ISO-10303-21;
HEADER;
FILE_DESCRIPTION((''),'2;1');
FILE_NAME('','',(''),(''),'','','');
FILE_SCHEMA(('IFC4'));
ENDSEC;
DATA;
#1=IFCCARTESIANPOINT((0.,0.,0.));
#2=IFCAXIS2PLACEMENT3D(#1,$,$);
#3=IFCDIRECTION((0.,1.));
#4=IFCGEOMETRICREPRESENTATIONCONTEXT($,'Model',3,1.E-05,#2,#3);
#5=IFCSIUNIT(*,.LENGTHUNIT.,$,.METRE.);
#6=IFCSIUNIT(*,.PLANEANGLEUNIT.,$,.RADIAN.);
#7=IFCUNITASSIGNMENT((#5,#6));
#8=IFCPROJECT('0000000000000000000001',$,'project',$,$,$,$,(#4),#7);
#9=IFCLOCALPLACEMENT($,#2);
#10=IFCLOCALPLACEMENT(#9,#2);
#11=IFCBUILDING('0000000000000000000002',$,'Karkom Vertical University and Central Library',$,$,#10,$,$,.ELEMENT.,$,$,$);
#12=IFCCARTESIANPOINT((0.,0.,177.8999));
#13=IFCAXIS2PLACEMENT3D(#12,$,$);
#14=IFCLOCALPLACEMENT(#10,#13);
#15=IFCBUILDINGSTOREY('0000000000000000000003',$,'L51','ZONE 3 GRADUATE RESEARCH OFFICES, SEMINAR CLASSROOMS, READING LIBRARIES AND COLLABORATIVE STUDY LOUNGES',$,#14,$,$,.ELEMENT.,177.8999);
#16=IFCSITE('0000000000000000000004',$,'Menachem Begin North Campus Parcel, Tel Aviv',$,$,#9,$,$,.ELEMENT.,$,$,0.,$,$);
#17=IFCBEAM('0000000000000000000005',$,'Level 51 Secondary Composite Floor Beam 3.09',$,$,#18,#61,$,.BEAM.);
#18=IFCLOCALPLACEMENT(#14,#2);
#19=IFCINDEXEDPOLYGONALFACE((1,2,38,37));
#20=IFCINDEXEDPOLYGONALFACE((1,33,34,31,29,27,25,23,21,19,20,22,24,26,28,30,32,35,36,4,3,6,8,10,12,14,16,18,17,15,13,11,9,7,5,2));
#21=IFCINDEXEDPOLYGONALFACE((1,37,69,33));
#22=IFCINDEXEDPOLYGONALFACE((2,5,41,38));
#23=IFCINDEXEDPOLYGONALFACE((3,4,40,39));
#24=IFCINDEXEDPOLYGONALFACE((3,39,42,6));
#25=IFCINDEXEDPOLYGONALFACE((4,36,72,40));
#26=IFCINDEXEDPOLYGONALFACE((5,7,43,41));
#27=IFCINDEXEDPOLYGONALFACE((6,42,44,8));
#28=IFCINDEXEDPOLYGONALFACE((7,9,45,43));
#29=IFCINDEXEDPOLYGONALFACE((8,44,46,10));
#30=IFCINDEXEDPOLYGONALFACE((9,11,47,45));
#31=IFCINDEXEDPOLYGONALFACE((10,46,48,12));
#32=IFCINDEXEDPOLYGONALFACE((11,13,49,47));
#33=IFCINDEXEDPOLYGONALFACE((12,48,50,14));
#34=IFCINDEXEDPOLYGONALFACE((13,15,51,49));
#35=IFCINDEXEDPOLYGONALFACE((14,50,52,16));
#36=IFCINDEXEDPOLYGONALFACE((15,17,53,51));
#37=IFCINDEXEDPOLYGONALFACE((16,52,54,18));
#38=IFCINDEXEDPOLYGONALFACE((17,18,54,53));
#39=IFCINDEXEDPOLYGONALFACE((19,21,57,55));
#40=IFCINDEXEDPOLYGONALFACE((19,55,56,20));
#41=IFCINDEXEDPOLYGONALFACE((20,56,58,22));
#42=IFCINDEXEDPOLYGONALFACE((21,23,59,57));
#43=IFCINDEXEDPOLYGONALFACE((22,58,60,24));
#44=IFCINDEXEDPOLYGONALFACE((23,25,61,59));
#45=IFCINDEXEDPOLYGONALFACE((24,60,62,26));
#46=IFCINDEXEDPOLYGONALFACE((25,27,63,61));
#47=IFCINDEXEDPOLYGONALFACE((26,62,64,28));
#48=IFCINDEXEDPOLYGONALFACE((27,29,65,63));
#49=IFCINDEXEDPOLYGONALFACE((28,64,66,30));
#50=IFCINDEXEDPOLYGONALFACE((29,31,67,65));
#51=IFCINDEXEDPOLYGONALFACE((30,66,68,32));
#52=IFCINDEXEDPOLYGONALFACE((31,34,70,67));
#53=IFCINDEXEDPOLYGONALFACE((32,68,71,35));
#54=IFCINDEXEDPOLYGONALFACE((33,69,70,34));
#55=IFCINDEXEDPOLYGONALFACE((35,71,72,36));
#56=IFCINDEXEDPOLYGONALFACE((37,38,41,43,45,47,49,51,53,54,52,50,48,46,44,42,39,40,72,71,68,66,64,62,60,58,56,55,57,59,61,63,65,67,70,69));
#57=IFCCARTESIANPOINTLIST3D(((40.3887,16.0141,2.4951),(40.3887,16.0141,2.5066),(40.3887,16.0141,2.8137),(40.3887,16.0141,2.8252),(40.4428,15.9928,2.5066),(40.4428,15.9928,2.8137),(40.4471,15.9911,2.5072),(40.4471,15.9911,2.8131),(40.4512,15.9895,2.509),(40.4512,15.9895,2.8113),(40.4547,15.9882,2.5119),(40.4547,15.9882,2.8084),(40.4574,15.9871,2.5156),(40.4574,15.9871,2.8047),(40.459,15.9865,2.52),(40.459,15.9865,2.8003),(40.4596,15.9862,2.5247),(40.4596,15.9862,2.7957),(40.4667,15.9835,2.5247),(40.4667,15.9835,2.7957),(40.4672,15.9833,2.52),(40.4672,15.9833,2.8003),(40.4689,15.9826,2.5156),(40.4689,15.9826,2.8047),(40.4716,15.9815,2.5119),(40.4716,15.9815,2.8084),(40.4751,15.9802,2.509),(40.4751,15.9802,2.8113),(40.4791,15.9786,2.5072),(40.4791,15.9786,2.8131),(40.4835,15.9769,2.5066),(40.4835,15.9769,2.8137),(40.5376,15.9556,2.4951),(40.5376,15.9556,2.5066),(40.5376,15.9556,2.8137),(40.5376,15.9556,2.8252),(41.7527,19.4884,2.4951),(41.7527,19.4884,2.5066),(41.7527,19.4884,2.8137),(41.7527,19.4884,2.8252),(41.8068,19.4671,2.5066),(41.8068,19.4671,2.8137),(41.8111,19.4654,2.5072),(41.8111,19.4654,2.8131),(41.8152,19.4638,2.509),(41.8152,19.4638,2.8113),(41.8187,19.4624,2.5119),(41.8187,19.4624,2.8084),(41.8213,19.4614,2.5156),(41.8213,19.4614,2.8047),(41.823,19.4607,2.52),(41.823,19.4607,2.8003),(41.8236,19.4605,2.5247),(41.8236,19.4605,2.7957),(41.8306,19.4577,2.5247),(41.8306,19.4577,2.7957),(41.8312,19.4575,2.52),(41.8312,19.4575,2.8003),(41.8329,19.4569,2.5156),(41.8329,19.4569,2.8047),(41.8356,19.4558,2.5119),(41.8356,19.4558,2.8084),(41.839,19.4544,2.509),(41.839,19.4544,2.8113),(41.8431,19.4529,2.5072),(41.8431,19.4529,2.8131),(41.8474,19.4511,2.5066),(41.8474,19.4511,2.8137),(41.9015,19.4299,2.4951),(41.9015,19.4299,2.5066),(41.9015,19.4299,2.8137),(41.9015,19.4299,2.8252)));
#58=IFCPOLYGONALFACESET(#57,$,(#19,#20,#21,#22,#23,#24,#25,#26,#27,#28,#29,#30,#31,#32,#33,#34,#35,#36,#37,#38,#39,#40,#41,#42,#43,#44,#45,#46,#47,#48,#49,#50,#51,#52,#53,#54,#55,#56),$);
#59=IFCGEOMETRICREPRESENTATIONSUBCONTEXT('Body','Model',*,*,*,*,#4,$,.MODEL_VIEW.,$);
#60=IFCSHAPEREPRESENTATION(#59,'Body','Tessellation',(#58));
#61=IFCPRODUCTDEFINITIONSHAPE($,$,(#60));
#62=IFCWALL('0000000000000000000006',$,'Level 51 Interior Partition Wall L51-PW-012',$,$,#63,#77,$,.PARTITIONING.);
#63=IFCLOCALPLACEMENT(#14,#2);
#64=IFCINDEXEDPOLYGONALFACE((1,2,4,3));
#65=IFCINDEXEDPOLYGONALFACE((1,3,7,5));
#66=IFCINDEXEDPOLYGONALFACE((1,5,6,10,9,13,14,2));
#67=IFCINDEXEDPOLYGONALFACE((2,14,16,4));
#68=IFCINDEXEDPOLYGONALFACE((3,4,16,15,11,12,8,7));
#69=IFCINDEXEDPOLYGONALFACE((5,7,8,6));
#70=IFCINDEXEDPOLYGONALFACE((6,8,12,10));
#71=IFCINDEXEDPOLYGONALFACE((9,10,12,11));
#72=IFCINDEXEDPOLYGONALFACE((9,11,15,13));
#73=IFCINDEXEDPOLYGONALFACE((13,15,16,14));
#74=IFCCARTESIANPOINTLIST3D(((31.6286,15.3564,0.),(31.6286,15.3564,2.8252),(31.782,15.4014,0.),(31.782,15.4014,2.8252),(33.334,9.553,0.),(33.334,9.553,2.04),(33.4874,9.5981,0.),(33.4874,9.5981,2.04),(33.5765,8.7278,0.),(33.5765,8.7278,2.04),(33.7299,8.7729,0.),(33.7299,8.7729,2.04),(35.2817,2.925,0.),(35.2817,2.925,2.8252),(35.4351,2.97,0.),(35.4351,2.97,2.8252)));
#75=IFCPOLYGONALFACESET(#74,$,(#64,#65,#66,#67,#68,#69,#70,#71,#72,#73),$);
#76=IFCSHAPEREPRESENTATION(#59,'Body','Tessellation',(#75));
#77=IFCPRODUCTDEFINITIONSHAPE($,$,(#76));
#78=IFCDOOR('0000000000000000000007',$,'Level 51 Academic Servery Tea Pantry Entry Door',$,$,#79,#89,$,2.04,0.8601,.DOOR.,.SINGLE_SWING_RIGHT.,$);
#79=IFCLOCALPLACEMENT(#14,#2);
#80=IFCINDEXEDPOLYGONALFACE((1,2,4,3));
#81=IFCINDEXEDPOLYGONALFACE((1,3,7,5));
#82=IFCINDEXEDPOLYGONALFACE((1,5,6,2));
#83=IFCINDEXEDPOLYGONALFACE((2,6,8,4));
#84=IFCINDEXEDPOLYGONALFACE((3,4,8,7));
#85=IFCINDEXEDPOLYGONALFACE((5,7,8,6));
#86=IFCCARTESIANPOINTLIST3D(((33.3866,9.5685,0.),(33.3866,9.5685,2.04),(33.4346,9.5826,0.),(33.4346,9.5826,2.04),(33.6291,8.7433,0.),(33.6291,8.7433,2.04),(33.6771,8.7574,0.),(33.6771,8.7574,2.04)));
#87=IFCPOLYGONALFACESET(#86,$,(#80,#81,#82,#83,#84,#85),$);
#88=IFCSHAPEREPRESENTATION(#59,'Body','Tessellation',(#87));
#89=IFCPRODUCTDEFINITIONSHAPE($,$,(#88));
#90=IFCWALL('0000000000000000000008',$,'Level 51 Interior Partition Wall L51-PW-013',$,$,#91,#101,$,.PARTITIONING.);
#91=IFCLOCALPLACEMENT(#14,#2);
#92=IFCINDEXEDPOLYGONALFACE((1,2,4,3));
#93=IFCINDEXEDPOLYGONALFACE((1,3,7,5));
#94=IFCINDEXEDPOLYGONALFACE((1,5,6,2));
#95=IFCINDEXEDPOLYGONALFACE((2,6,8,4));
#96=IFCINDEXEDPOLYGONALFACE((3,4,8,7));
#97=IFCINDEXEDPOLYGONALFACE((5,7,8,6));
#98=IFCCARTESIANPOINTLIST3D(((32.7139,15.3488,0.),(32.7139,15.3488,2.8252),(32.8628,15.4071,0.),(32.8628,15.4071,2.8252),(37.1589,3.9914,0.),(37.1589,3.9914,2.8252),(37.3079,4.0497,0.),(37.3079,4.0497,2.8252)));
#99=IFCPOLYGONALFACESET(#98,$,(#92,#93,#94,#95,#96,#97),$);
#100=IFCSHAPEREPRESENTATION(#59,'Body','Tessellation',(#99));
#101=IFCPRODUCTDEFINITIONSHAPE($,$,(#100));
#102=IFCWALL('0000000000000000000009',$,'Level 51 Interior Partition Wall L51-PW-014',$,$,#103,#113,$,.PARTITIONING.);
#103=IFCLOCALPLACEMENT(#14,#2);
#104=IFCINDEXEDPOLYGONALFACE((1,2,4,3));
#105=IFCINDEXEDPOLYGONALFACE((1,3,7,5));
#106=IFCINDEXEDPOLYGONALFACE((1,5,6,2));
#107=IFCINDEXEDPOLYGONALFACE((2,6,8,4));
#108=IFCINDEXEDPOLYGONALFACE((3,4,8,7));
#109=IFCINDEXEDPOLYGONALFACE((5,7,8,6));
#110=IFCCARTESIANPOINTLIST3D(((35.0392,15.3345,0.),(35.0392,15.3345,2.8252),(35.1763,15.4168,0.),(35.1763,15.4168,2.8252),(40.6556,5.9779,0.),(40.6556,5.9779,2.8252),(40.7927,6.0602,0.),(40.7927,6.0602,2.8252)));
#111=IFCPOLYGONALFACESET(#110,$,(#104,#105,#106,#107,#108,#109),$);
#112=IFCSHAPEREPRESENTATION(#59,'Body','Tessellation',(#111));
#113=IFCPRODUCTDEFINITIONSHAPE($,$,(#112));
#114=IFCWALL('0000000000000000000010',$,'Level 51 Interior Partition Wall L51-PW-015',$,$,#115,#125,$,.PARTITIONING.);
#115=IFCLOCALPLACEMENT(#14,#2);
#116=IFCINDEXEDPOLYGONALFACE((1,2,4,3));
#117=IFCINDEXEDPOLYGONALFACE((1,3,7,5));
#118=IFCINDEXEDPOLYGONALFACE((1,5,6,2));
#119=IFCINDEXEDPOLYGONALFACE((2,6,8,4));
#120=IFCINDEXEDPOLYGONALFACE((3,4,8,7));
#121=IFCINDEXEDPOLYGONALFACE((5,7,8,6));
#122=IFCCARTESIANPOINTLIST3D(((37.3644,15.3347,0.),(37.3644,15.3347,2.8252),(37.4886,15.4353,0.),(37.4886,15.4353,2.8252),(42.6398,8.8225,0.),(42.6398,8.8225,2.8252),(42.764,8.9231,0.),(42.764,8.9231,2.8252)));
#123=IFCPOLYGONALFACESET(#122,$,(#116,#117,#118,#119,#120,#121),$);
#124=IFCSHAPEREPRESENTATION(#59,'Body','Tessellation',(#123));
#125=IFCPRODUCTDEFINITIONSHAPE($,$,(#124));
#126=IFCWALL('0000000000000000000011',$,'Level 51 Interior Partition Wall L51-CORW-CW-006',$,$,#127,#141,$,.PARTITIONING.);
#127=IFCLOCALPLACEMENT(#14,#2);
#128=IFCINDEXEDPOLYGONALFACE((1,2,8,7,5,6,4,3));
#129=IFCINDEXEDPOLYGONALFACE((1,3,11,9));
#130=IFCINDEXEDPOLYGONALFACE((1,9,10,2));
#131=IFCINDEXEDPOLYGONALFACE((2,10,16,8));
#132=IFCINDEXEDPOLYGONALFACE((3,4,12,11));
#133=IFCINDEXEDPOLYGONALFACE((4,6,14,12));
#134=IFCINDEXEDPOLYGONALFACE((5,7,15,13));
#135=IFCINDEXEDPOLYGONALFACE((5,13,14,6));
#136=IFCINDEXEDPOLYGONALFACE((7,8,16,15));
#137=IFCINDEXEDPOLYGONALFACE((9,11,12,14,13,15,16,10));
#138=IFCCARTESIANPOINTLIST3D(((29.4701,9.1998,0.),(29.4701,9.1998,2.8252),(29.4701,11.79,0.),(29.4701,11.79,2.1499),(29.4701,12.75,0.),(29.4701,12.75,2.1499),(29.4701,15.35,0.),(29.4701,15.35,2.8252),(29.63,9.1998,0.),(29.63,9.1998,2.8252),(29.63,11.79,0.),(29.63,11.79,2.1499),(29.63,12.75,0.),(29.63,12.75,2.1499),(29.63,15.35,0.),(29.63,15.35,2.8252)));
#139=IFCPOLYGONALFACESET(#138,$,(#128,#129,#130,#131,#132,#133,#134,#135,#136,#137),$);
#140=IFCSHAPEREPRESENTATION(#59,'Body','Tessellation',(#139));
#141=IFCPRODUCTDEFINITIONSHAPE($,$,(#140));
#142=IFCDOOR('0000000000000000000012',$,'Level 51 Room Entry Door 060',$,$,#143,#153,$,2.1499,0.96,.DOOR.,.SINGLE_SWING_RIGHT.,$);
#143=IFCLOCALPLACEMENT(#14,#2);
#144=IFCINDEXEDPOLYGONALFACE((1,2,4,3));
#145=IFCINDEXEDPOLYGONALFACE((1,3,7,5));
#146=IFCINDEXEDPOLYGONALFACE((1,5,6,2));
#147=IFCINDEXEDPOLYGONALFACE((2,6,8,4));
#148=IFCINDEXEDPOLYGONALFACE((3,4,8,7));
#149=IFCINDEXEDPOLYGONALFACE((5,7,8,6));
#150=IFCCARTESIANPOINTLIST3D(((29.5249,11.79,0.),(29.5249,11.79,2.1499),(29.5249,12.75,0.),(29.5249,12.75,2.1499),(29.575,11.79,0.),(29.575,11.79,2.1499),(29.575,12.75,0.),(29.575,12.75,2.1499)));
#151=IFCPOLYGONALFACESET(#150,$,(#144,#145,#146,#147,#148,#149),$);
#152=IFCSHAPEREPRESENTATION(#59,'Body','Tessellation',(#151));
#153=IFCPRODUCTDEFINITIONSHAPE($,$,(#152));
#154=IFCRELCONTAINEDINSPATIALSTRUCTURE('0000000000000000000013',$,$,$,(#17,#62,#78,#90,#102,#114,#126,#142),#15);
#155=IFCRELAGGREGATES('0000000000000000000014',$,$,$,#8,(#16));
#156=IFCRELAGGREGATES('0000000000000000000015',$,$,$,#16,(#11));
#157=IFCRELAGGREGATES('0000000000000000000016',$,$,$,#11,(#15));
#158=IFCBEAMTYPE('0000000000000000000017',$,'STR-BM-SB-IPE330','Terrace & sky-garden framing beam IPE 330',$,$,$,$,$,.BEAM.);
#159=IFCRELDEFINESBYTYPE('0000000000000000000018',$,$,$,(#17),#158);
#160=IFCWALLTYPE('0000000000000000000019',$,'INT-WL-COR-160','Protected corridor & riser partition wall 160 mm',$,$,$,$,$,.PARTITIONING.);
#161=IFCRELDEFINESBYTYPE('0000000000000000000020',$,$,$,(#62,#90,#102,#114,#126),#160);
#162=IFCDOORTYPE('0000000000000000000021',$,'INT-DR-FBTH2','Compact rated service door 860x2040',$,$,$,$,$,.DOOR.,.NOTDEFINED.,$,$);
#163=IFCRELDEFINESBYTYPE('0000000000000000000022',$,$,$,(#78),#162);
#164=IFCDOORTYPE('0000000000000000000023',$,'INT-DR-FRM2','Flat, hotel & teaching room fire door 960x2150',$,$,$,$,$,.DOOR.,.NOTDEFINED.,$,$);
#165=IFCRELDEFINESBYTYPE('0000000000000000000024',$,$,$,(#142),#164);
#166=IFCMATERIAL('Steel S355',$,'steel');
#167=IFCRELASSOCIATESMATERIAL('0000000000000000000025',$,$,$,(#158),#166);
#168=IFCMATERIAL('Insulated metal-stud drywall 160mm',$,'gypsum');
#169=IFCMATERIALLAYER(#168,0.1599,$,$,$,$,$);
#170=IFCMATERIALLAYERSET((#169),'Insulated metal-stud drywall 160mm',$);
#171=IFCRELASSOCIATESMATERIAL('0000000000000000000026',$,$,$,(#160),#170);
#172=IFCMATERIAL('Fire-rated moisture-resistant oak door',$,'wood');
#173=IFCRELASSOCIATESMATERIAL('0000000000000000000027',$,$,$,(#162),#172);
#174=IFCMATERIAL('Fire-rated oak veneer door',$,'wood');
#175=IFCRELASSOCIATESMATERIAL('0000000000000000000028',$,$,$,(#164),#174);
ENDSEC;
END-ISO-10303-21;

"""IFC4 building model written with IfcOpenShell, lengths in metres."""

from ifc_helpers import new_model, si_unit, direction, frame, frame_2d, origin, origin_with_axes, origin_2d, place, context, subcontext, project, spatial, rectangle, i_section, extrude, source, transform, mapped, material, layer, layer_set, material_profile, profile_set, type_object, element, fill, save


model = new_model("IFC4")

# Units and contexts
model_context = context("Model", 3, precision=1e-05, world=origin(), true_north=direction((0.0, 1.0)))
body_context = subcontext(model_context, "Body", "Model", "MODEL_VIEW")
ifc_project = project(units=[si_unit("LENGTHUNIT", "METRE"), si_unit("PLANEANGLEUNIT", "RADIAN")], contexts=[model_context])

# Site, building, storey
site_placement = place(None, origin())
site = spatial("IfcSite", under=ifc_project, at=site_placement, Name="Menachem Begin North Campus Parcel, Tel Aviv", CompositionType="ELEMENT", RefElevation=0.0)
building_placement = place(site_placement, origin())
building = spatial("IfcBuilding", under=site, at=building_placement, Name="Karkom Vertical University and Central Library", CompositionType="ELEMENT")
storey_placement = place(building_placement, frame((0.0, 0.0, 177.8999)))
storey = spatial("IfcBuildingStorey", under=building, at=storey_placement, Name="L51", Description="ZONE 3 GRADUATE RESEARCH OFFICES, SEMINAR CLASSROOMS, READING LIBRARIES AND COLLABORATIVE STUDY LOUNGES", CompositionType="ELEMENT", Elevation=177.8999)

# Beam
ifc_material_1 = material(Name="Steel S355", Category="steel")
ifc_material_profile_1 = material_profile(ifc_material_1, i_section(OverallWidth=0.1599, OverallDepth=0.3301, WebThickness=0.0076, FlangeThickness=0.0115, FilletRadius=0.0181, at=origin_2d()), Name="IPE 330")
ifc_profile_set_1 = profile_set([ifc_material_profile_1], Name="Steel S355")
beam_type_1 = type_object("IfcBeamType", Name="STR-BM-SB-IPE330", Description="Terrace & sky-garden framing beam IPE 330", PredefinedType="BEAM", material=ifc_profile_set_1)
shared_shape_1 = source(origin_with_axes(), body_context, "Body", "SweptSolid", [
    extrude(i_section(OverallWidth=0.1599, OverallDepth=0.3301, WebThickness=0.0076, FlangeThickness=0.0115, FilletRadius=0.0181, at=origin_2d()), origin(), (0.0, 0.0, 1.0), 3.7324),
])
beam_1_placement = place(storey_placement, frame((40.4631, 15.9849, 2.6602), z_axis=(0.36544, 0.930835, 0.0), x_axis=(-0.930835, 0.36544, 0.0)))
element("IfcBeam", 1, at=beam_1_placement, inside=storey, type_object=beam_type_1, Name="Level 51 Secondary Composite Floor Beam 3.09", PredefinedType="BEAM", context=body_context, shape_type="MappedRepresentation", body=[
    mapped(shared_shape_1, transform((0.0, 0.0, 0.0), scale=1.0)),
])

# Wall, opening, door
ifc_material_2 = material(Name="Insulated metal-stud drywall 160mm", Category="gypsum")
ifc_layer = layer(ifc_material_2, 0.1599)
ifc_layer_set = layer_set([ifc_layer], Name="Insulated metal-stud drywall 160mm")
wall_type = type_object("IfcWallType", Name="INT-WL-COR-160", Description="Protected corridor & riser partition wall 160 mm", PredefinedType="PARTITIONING", material=ifc_layer_set)
wall_1_placement = place(storey_placement, frame((31.7053, 15.3789, 0.0), z_axis=(0.0, 0.0, 1.0), x_axis=(0.281938, -0.959433, 0.0)))
wall_1 = element("IfcWall", 2, at=wall_1_placement, inside=storey, type_object=wall_type, Name="Level 51 Interior Partition Wall L51-PW-012", PredefinedType="PARTITIONING", context=body_context, shape_type="SweptSolid", body=[
    extrude(rectangle(XDim=12.957, YDim=0.1599, at=frame_2d((6.4785, 0.0))), origin(), (0.0, 0.0, 1.0), 2.8252),
])
opening_1_placement = place(wall_1_placement, frame((6.0486, 0.0, 0.0)))
opening_1 = element("IfcOpeningElement", 3, at=opening_1_placement, cuts=wall_1, PredefinedType="OPENING", context=body_context, shape_type="SweptSolid", body=[
    extrude(rectangle(XDim=0.8601, YDim=2.04, at=frame_2d((0.4302, 1.02))), frame((0.0, 0.0898, 0.0), z_axis=(0.0, -1.0, 0.0), x_axis=(1.0, 0.0, 0.0)), (0.0, 0.0, 1.0), 0.1799),
])
ifc_material_3 = material(Name="Fire-rated moisture-resistant oak door", Category="wood")
door_type_1 = type_object("IfcDoorType", Name="INT-DR-FBTH2", Description="Compact rated service door 860x2040", OperationType="NOTDEFINED", PredefinedType="DOOR", material=ifc_material_3)
shared_shape_2 = source(origin_with_axes(), body_context, "Body", "SweptSolid", [
    extrude(rectangle(XDim=0.8601, YDim=2.04, at=frame_2d((0.4302, 1.02))), frame((0.0, 0.0249, 0.0), z_axis=(0.0, -1.0, 0.0), x_axis=(1.0, 0.0, 0.0)), (0.0, 0.0, 1.0), 0.05),
])
door_1_placement = place(opening_1_placement, origin())
door_1 = element("IfcDoor", 4, at=door_1_placement, inside=storey, type_object=door_type_1, Name="Level 51 Academic Servery Tea Pantry Entry Door", OperationType="SINGLE_SWING_RIGHT", OverallHeight=2.04, OverallWidth=0.8601, PredefinedType="DOOR", context=body_context, shape_type="MappedRepresentation", body=[
    mapped(shared_shape_2, transform((0.0, 0.0, 0.0), scale=1.0)),
])
fill(opening_1, door_1)

# Walls
wall_2_placement = place(storey_placement, frame((32.7883, 15.3779, 0.0), z_axis=(0.0, 0.0, 1.0), x_axis=(0.36446, -0.931219, 0.0)))
element("IfcWall", 5, at=wall_2_placement, inside=storey, type_object=wall_type, Name="Level 51 Interior Partition Wall L51-PW-013", PredefinedType="PARTITIONING", context=body_context, shape_type="SweptSolid", body=[
    extrude(rectangle(XDim=12.1963, YDim=0.1599, at=frame_2d((6.0981, 0.0))), origin(), (0.0, 0.0, 1.0), 2.8252),
])
wall_3_placement = place(storey_placement, frame((35.1077, 15.3757, 0.0), z_axis=(0.0, 0.0, 1.0), x_axis=(0.51466, -0.857394, 0.0)))
element("IfcWall", 6, at=wall_3_placement, inside=storey, type_object=wall_type, Name="Level 51 Interior Partition Wall L51-PW-014", PredefinedType="PARTITIONING", context=body_context, shape_type="SweptSolid", body=[
    extrude(rectangle(XDim=10.9128, YDim=0.1599, at=frame_2d((5.4565, 0.0))), origin(), (0.0, 0.0, 1.0), 2.8252),
])

# Shared definitions
ifc_material_4 = material(Name="Fire-rated oak veneer door", Category="wood")
door_type_2 = type_object("IfcDoorType", Name="INT-DR-FRM2", Description="Flat, hotel & teaching room fire door 960x2150", OperationType="NOTDEFINED", PredefinedType="DOOR", material=ifc_material_4)
shared_shape_3 = source(origin_with_axes(), body_context, "Body", "SweptSolid", [
    extrude(rectangle(XDim=0.96, YDim=2.1499, at=frame_2d((0.48, 1.075))), frame((0.0, 0.0249, 0.0), z_axis=(0.0, -1.0, 0.0), x_axis=(1.0, 0.0, 0.0)), (0.0, 0.0, 1.0), 0.05),
])

# Wall
wall_4_placement = place(storey_placement, frame((37.4265, 15.385, 0.0), z_axis=(0.0, 0.0, 1.0), x_axis=(0.629458, -0.777035, 0.0)))
element("IfcWall", 7, at=wall_4_placement, inside=storey, type_object=wall_type, Name="Level 51 Interior Partition Wall L51-PW-015", PredefinedType="PARTITIONING", context=body_context, shape_type="SweptSolid", body=[
    extrude(rectangle(XDim=8.3809, YDim=0.1599, at=frame_2d((4.1904, 0.0))), origin(), (0.0, 0.0, 1.0), 2.8252),
])

# Wall, opening, door
wall_5_placement = place(storey_placement, frame((29.55, 15.3501, 0.0), z_axis=(0.0, 0.0, 1.0), x_axis=(0.0, -1.0, 0.0)))
wall_5 = element("IfcWall", 8, at=wall_5_placement, inside=storey, type_object=wall_type, Name="Level 51 Interior Partition Wall L51-CORW-CW-006", PredefinedType="PARTITIONING", context=body_context, shape_type="SweptSolid", body=[
    extrude(rectangle(XDim=6.1501, YDim=0.1599, at=frame_2d((3.0752, 0.0))), origin(), (0.0, 0.0, 1.0), 2.8252),
])
opening_2_placement = place(wall_5_placement, frame((2.6001, 0.0, 0.0)))
opening_2 = element("IfcOpeningElement", 9, at=opening_2_placement, cuts=wall_5, PredefinedType="OPENING", context=body_context, shape_type="SweptSolid", body=[
    extrude(rectangle(XDim=0.96, YDim=2.1499, at=frame_2d((0.48, 1.075))), frame((0.0, 0.0898, 0.0), z_axis=(0.0, -1.0, 0.0), x_axis=(1.0, 0.0, 0.0)), (0.0, 0.0, 1.0), 0.1799),
])
door_2_placement = place(opening_2_placement, origin())
door_2 = element("IfcDoor", 10, at=door_2_placement, inside=storey, type_object=door_type_2, Name="Level 51 Room Entry Door 060", OperationType="SINGLE_SWING_RIGHT", OverallHeight=2.1499, OverallWidth=0.96, PredefinedType="DOOR", context=body_context, shape_type="MappedRepresentation", body=[
    mapped(shared_shape_3, transform((0.0, 0.0, 0.0), scale=1.0)),
])
fill(opening_2, door_2)

save(model, "model.ifc")
